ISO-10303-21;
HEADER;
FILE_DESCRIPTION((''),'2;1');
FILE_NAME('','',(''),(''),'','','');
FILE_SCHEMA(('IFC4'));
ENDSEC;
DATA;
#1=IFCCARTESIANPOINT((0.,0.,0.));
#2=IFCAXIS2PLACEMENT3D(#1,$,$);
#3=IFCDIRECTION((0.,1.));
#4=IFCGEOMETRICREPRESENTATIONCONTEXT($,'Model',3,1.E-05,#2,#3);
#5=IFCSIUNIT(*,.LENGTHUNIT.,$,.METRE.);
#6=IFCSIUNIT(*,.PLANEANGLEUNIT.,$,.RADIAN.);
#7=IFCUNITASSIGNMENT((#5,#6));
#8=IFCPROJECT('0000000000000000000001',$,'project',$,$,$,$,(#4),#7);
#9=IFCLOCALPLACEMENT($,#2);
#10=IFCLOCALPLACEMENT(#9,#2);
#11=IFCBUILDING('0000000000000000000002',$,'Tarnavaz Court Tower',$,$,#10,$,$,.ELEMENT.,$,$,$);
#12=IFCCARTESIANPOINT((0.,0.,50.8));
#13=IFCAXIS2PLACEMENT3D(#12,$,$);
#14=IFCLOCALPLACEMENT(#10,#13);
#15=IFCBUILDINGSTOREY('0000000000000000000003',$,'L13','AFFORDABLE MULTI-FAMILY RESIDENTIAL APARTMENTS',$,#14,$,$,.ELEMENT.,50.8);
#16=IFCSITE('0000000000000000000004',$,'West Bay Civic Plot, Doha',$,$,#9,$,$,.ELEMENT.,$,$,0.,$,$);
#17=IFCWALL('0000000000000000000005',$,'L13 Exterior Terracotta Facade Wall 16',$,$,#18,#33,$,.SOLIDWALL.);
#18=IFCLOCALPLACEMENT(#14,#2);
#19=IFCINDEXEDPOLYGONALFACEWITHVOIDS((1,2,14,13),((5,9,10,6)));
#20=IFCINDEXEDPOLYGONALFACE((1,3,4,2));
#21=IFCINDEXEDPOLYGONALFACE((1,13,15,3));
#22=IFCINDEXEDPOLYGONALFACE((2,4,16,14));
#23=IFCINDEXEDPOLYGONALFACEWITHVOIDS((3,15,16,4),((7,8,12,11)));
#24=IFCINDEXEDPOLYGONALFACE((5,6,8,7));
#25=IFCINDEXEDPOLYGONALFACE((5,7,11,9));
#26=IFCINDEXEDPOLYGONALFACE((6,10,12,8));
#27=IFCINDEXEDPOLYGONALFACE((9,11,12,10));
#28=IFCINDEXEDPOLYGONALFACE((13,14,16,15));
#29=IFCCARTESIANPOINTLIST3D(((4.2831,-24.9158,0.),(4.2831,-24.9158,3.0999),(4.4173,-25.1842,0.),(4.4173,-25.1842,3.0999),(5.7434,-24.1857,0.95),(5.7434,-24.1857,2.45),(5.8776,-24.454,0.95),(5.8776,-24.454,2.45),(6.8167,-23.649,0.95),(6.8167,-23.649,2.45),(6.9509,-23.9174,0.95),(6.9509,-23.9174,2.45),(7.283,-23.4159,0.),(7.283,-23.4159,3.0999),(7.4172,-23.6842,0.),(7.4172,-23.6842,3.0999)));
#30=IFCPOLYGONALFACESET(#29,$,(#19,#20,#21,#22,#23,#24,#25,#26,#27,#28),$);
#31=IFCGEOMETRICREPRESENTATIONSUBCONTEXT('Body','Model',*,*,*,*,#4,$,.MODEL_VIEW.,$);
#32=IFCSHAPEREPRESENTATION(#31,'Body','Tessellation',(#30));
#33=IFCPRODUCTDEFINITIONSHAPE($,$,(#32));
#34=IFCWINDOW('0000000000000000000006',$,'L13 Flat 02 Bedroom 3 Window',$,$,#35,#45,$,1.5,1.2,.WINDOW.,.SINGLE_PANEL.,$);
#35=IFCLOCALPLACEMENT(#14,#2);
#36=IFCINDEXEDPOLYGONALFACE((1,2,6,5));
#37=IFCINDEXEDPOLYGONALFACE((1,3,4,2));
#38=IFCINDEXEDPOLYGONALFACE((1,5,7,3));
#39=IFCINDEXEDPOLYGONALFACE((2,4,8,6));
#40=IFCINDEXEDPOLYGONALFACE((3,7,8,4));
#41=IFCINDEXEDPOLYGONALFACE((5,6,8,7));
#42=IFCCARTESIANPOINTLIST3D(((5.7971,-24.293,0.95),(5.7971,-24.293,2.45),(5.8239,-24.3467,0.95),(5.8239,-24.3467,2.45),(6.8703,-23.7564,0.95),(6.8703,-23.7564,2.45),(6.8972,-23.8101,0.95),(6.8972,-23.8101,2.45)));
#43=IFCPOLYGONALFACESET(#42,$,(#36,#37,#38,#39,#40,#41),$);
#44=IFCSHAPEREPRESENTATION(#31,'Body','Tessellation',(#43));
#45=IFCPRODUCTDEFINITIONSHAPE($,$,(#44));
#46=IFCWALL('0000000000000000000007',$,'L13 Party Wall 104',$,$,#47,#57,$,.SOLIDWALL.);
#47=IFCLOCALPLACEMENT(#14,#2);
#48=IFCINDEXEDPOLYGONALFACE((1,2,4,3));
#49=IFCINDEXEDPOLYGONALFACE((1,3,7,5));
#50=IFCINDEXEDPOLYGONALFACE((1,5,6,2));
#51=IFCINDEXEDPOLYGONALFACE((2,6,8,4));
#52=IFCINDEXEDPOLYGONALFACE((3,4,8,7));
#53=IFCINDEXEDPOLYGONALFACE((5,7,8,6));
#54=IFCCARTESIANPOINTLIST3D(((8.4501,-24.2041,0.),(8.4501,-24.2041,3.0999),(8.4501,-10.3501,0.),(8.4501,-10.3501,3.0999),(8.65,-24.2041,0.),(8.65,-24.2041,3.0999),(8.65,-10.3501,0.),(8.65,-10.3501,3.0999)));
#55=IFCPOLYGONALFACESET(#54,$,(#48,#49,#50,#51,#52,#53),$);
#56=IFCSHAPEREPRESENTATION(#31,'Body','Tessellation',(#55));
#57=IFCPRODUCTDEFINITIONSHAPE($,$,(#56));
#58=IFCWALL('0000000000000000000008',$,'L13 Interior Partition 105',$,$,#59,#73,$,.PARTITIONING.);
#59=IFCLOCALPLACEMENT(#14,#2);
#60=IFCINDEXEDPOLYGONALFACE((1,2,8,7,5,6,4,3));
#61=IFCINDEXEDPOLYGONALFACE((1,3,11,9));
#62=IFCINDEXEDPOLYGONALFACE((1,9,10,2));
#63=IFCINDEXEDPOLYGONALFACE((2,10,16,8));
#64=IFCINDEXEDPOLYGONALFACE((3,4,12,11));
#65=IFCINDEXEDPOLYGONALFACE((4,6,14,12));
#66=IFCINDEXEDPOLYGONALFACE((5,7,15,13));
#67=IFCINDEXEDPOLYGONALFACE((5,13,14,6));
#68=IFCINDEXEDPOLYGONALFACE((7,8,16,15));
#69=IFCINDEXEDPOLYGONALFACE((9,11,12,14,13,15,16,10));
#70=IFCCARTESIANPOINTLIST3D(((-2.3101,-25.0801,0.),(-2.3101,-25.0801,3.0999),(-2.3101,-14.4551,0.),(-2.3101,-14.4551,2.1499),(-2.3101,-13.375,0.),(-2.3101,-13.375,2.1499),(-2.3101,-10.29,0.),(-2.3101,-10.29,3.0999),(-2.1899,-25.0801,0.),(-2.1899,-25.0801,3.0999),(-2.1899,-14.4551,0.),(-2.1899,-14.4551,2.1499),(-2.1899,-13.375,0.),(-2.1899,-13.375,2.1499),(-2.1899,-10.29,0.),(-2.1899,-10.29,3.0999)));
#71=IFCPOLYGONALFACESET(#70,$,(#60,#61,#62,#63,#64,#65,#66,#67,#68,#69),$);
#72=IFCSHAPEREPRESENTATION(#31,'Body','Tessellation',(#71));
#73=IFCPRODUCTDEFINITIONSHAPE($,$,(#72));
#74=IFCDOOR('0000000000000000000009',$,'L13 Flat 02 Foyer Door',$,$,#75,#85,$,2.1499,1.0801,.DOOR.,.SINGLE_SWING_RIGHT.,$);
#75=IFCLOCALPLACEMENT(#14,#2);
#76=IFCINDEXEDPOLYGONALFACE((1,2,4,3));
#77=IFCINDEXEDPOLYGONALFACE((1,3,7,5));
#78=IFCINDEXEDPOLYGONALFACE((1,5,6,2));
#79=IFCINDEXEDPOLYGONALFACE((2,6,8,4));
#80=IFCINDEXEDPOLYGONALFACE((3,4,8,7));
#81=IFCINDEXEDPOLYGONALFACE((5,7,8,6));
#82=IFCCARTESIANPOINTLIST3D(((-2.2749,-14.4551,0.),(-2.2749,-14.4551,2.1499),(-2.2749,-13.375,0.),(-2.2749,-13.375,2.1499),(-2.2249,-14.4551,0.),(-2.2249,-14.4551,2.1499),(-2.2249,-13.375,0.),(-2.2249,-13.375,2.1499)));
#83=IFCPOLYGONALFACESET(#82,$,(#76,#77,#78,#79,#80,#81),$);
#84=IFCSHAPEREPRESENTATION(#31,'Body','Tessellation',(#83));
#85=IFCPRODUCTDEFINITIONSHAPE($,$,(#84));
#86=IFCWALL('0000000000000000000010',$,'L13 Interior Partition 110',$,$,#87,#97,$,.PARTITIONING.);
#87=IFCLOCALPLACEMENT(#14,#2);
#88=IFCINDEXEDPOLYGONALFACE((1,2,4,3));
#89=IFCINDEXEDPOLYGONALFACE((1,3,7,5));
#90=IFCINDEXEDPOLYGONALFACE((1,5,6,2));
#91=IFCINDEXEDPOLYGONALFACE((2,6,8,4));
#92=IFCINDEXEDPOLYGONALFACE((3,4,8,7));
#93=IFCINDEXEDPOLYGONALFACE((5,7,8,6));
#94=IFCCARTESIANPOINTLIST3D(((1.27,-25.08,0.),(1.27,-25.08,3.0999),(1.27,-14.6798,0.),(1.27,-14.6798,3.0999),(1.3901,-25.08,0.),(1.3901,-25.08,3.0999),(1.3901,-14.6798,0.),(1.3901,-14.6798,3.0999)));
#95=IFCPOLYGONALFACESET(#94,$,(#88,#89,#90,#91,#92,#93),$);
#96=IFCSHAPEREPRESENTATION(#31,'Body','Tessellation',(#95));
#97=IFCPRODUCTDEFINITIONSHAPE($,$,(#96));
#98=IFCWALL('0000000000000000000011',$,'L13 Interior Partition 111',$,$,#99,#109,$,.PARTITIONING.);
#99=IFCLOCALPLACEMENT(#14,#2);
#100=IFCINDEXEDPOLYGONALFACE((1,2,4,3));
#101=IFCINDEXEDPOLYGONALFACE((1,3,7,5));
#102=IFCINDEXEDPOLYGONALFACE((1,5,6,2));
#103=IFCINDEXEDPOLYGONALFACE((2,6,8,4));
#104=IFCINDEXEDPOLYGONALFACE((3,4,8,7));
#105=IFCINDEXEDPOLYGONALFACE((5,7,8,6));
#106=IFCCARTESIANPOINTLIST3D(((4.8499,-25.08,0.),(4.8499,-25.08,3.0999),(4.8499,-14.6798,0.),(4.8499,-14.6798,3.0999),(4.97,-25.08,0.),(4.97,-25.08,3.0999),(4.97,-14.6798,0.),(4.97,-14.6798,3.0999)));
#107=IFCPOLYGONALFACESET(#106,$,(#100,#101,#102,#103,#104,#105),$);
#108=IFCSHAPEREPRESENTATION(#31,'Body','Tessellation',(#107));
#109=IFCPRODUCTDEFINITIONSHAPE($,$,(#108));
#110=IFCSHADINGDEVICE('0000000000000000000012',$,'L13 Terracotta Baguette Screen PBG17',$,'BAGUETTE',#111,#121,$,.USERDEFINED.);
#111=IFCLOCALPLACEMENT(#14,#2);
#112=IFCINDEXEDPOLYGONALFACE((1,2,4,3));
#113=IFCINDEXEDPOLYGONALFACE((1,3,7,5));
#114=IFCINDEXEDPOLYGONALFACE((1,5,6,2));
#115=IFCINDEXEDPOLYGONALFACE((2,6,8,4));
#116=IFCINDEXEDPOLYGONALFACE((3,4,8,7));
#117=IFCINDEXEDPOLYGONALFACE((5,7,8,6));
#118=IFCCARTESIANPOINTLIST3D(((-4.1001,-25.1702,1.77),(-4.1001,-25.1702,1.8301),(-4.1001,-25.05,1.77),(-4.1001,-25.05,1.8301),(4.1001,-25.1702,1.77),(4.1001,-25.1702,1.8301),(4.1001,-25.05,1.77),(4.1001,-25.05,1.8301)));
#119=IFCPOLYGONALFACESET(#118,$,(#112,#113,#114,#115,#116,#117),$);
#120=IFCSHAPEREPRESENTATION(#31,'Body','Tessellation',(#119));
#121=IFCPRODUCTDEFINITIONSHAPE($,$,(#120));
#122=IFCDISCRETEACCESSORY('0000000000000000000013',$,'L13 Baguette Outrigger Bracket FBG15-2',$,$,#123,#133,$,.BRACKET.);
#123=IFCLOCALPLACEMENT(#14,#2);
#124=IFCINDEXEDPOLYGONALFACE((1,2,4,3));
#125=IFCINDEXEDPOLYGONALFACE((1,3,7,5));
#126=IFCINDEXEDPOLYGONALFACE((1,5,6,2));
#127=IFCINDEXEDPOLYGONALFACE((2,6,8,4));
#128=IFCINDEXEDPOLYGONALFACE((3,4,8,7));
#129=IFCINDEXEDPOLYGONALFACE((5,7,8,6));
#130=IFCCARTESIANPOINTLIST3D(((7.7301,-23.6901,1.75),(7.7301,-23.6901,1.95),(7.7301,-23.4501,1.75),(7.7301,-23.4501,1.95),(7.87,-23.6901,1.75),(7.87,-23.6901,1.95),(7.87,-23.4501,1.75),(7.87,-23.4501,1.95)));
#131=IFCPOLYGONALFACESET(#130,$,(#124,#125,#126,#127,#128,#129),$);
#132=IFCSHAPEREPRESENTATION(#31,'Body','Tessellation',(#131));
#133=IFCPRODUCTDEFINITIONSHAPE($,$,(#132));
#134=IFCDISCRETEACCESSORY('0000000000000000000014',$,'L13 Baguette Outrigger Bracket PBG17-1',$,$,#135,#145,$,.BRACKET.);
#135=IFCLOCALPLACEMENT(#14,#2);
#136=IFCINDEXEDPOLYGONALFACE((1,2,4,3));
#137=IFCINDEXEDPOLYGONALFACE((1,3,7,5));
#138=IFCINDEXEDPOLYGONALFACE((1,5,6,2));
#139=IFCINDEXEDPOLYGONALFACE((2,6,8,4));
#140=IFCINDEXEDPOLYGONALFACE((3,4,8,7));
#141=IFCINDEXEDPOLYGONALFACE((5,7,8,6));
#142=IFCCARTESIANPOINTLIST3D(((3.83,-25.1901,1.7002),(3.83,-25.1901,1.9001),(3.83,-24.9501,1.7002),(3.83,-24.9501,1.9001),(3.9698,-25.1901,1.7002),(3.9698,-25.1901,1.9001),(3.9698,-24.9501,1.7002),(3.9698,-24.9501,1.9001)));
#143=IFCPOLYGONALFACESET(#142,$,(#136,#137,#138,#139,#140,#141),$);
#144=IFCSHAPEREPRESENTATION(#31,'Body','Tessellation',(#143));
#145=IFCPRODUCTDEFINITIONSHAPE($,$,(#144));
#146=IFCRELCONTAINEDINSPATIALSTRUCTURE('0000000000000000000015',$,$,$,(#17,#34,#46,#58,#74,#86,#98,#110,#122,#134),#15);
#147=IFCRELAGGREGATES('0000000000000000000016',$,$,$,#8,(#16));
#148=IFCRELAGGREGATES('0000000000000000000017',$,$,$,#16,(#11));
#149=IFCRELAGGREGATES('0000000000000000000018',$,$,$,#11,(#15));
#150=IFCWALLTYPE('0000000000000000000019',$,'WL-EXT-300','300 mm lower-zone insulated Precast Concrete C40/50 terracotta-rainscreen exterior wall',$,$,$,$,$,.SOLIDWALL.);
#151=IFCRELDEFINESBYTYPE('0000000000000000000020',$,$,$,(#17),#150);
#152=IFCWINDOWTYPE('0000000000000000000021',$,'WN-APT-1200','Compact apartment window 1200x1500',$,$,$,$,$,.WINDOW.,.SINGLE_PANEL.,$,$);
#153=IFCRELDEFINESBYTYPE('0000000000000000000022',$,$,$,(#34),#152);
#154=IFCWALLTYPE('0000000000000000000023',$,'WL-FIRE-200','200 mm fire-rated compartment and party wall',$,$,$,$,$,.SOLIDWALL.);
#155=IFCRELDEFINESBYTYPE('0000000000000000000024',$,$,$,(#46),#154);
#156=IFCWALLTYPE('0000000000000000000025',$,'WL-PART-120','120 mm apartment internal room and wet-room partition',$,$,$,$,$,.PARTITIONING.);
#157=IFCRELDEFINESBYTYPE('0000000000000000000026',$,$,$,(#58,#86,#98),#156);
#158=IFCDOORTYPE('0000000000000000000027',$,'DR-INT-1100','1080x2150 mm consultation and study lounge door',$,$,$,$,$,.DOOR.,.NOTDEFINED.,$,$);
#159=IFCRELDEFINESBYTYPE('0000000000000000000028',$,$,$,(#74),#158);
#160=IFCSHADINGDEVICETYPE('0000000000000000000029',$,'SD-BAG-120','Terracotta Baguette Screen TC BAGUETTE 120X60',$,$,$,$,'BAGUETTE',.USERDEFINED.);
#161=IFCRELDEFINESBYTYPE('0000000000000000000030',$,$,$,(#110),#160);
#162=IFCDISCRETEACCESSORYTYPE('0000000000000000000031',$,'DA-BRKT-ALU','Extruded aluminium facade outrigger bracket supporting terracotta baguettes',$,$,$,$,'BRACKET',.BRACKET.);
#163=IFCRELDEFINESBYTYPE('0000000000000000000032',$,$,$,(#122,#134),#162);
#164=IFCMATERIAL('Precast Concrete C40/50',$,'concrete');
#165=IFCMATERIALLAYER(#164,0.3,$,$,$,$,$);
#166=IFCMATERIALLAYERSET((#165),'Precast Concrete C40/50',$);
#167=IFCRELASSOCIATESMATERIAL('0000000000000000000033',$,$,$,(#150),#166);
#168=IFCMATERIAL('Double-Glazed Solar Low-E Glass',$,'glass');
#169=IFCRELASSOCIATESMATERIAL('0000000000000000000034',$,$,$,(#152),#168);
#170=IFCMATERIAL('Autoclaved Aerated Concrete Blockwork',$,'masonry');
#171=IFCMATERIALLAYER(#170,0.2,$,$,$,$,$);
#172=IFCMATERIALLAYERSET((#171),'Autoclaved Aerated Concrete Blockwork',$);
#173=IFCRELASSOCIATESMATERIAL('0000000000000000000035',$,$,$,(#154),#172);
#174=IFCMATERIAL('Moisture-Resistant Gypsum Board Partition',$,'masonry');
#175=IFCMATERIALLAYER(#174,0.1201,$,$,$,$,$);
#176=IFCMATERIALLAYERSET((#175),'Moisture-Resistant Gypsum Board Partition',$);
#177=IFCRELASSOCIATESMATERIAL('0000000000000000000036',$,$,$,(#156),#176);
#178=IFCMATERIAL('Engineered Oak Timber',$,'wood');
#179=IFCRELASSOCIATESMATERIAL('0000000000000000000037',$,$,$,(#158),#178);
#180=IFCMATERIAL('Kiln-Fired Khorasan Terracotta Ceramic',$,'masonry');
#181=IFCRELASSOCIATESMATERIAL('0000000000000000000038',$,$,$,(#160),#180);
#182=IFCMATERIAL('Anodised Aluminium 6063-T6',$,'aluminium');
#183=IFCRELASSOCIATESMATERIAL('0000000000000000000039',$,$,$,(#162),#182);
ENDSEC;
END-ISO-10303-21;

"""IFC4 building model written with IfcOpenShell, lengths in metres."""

from ifc_helpers import new_model, si_unit, direction, frame, frame_2d, origin, origin_2d, place, context, subcontext, project, spatial, rectangle, extrude, material, layer, layer_set, material_profile, profile_set, type_object, element, fill, save


model = new_model("IFC4")

# Units and contexts
model_context = context("Model", 3, precision=1e-05, world=origin(), true_north=direction((0.0, 1.0)))
body_context = subcontext(model_context, "Body", "Model", "MODEL_VIEW")
ifc_project = project(units=[si_unit("LENGTHUNIT", "METRE"), si_unit("PLANEANGLEUNIT", "RADIAN")], contexts=[model_context])

# Site, building, storey
site_placement = place(None, origin())
site = spatial("IfcSite", under=ifc_project, at=site_placement, Name="West Bay Civic Plot, Doha", CompositionType="ELEMENT", RefElevation=0.0)
building_placement = place(site_placement, origin())
building = spatial("IfcBuilding", under=site, at=building_placement, Name="Tarnavaz Court Tower", CompositionType="ELEMENT")
storey_placement = place(building_placement, frame((0.0, 0.0, 50.8)))
storey = spatial("IfcBuildingStorey", under=building, at=storey_placement, Name="L13", Description="AFFORDABLE MULTI-FAMILY RESIDENTIAL APARTMENTS", CompositionType="ELEMENT", Elevation=50.8)

# Shared definitions
ifc_material_1 = material(Name="Anodised Aluminium 6063-T6", Category="aluminium")
ifc_material_2 = material(Name="Double-Glazed Solar Low-E Glass", Category="glass")

# Wall, opening, window
ifc_material_3 = material(Name="Precast Concrete C40/50", Category="concrete")
ifc_layer_1 = layer(ifc_material_3, 0.3)
ifc_layer_set_1 = layer_set([ifc_layer_1], Name="Precast Concrete C40/50")
wall_type_1 = type_object("IfcWallType", Name="WL-EXT-300", Description="300 mm lower-zone insulated Precast Concrete C40/50 terracotta-rainscreen exterior wall", PredefinedType="SOLIDWALL", material=ifc_layer_set_1)
wall_1_placement = place(storey_placement, frame((7.3501, -23.55, 0.0), z_axis=(0.0, 0.0, 1.0), x_axis=(-0.894427, -0.447214, 0.0)))
wall_1 = element("IfcWall", 1, at=wall_1_placement, inside=storey, type_object=wall_type_1, Name="L13 Exterior Terracotta Facade Wall 16", PredefinedType="SOLIDWALL", context=body_context, shape_type="SweptSolid", body=[
    extrude(rectangle(XDim=3.354, YDim=0.3, at=frame_2d((1.677, 0.0))), origin(), (0.0, 0.0, 1.0), 3.0999),
])
opening_1_placement = place(wall_1_placement, frame((0.5212, 0.0, 0.95)))
opening_1 = element("IfcOpeningElement", 2, at=opening_1_placement, cuts=wall_1, PredefinedType="OPENING", context=body_context, shape_type="SweptSolid", body=[
    extrude(rectangle(XDim=1.2, YDim=1.5, at=frame_2d((0.6001, 0.75))), frame((0.0, 0.1599, 0.0), z_axis=(0.0, -1.0, 0.0), x_axis=(1.0, 0.0, 0.0)), (0.0, 0.0, 1.0), 0.3201),
])
window_type = type_object("IfcWindowType", Name="WN-APT-1200", Description="Compact apartment window 1200x1500", PartitioningType="SINGLE_PANEL", PredefinedType="WINDOW", material=ifc_material_2)
window_placement = place(opening_1_placement, origin())
window = element("IfcWindow", 3, at=window_placement, inside=storey, type_object=window_type, Name="L13 Flat 02 Bedroom 3 Window", OverallHeight=1.5, OverallWidth=1.2, PartitioningType="SINGLE_PANEL", PredefinedType="WINDOW", context=body_context, shape_type="SweptSolid", body=[
    extrude(rectangle(XDim=1.2, YDim=1.5, at=frame_2d((0.6001, 0.75))), frame((0.0, 0.03, 0.0), z_axis=(0.0, -1.0, 0.0), x_axis=(1.0, 0.0, 0.0)), (0.0, 0.0, 1.0), 0.0601),
])
fill(opening_1, window)

# Wall
ifc_material_4 = material(Name="Autoclaved Aerated Concrete Blockwork", Category="masonry")
ifc_layer_2 = layer(ifc_material_4, 0.2)
ifc_layer_set_2 = layer_set([ifc_layer_2], Name="Autoclaved Aerated Concrete Blockwork")
wall_type_2 = type_object("IfcWallType", Name="WL-FIRE-200", Description="200 mm fire-rated compartment and party wall", PredefinedType="SOLIDWALL", material=ifc_layer_set_2)
wall_2_placement = place(storey_placement, frame((8.55, -24.2041, 0.0), z_axis=(0.0, 0.0, 1.0), x_axis=(0.0, 1.0, 0.0)))
element("IfcWall", 4, at=wall_2_placement, inside=storey, type_object=wall_type_2, Name="L13 Party Wall 104", PredefinedType="SOLIDWALL", context=body_context, shape_type="SweptSolid", body=[
    extrude(rectangle(XDim=13.854, YDim=0.2, at=frame_2d((6.927, 0.0))), origin(), (0.0, 0.0, 1.0), 3.0999),
])

# Wall, opening, door
ifc_material_5 = material(Name="Moisture-Resistant Gypsum Board Partition", Category="masonry")
ifc_layer_3 = layer(ifc_material_5, 0.1201)
ifc_layer_set_3 = layer_set([ifc_layer_3], Name="Moisture-Resistant Gypsum Board Partition")
wall_type_3 = type_object("IfcWallType", Name="WL-PART-120", Description="120 mm apartment internal room and wet-room partition", PredefinedType="PARTITIONING", material=ifc_layer_set_3)
wall_3_placement = place(storey_placement, frame((-2.25, -25.0801, 0.0), z_axis=(0.0, 0.0, 1.0), x_axis=(0.0, 1.0, 0.0)))
wall_3 = element("IfcWall", 5, at=wall_3_placement, inside=storey, type_object=wall_type_3, Name="L13 Interior Partition 105", PredefinedType="PARTITIONING", context=body_context, shape_type="SweptSolid", body=[
    extrude(rectangle(XDim=14.79, YDim=0.1201, at=frame_2d((7.395, 0.0))), origin(), (0.0, 0.0, 1.0), 3.0999),
])
opening_2_placement = place(wall_3_placement, frame((10.625, 0.0, 0.0)))
opening_2 = element("IfcOpeningElement", 6, at=opening_2_placement, cuts=wall_3, PredefinedType="OPENING", context=body_context, shape_type="SweptSolid", body=[
    extrude(rectangle(XDim=1.0801, YDim=2.1499, at=frame_2d((0.54, 1.075))), frame((0.0, 0.0701, 0.0), z_axis=(0.0, -1.0, 0.0), x_axis=(1.0, 0.0, 0.0)), (0.0, 0.0, 1.0), 0.1401),
])
ifc_material_6 = material(Name="Engineered Oak Timber", Category="wood")
door_type = type_object("IfcDoorType", Name="DR-INT-1100", Description="1080x2150 mm consultation and study lounge door", OperationType="NOTDEFINED", PredefinedType="DOOR", material=ifc_material_6)
door_placement = place(opening_2_placement, origin())
door = element("IfcDoor", 7, at=door_placement, inside=storey, type_object=door_type, Name="L13 Flat 02 Foyer Door", OperationType="SINGLE_SWING_RIGHT", OverallHeight=2.1499, OverallWidth=1.0801, PredefinedType="DOOR", context=body_context, shape_type="SweptSolid", body=[
    extrude(rectangle(XDim=1.0801, YDim=2.1499, at=frame_2d((0.54, 1.075))), frame((0.0, 0.0249, 0.0), z_axis=(0.0, -1.0, 0.0), x_axis=(1.0, 0.0, 0.0)), (0.0, 0.0, 1.0), 0.05),
])
fill(opening_2, door)

# Walls
for number, where, z_axis, x_axis, name in (
    (8, (1.3301, -25.0801, 0.0), (0.0, 0.0, 1.0), (0.0, 1.0, 0.0), "L13 Interior Partition 110"),
    (9, (4.9099, -25.0801, 0.0), (0.0, 0.0, 1.0), (0.0, 1.0, 0.0), "L13 Interior Partition 111"),
):
    element("IfcWall", number, at=place(storey_placement, frame(where, z_axis=z_axis, x_axis=x_axis)), inside=storey, type_object=wall_type_3, Name=name, PredefinedType="PARTITIONING", context=body_context, shape_type="SweptSolid", body=[
        extrude(rectangle(XDim=10.4001, YDim=0.1201, at=frame_2d((5.2002, 0.0))), origin(), (0.0, 0.0, 1.0), 3.0999),
    ])

# Shading device
ifc_material_7 = material(Name="Kiln-Fired Khorasan Terracotta Ceramic", Category="masonry")
ifc_material_profile_1 = material_profile(ifc_material_7, rectangle(XDim=0.1201, YDim=0.0601, at=origin_2d()), Name="TC BAGUETTE 120X60")
ifc_profile_set_1 = profile_set([ifc_material_profile_1], Name="Kiln-Fired Khorasan Terracotta Ceramic")
shading_device_type = type_object("IfcShadingDeviceType", Name="SD-BAG-120", Description="Terracotta Baguette Screen TC BAGUETTE 120X60", ElementType="BAGUETTE", PredefinedType="USERDEFINED", material=ifc_profile_set_1)
shading_device_placement = place(storey_placement, frame((4.1001, -25.1101, 1.8), z_axis=(-1.0, 0.0, 0.0), x_axis=(0.0, -1.0, 0.0)))
element("IfcShadingDevice", 10, at=shading_device_placement, inside=storey, type_object=shading_device_type, Name="L13 Terracotta Baguette Screen PBG17", ObjectType="BAGUETTE", PredefinedType="USERDEFINED", context=body_context, shape_type="SweptSolid", body=[
    extrude(rectangle(XDim=0.1201, YDim=0.0601, at=origin_2d()), origin(), (0.0, 0.0, 1.0), 8.2002),
])

# Discrete accessories
discrete_accessory_type = type_object("IfcDiscreteAccessoryType", Name="DA-BRKT-ALU", Description="Extruded aluminium facade outrigger bracket supporting terracotta baguettes", ElementType="BRACKET", PredefinedType="BRACKET", material=ifc_material_1)
for number, where, z_axis, x_axis, name in (
    (11, (7.8, -23.5701, 1.75), (0.0, 0.0, 1.0), (-1.0, 0.0, 0.0), "L13 Baguette Outrigger Bracket FBG15-2"),
    (12, (3.8999, -25.0701, 1.7002), (0.0, 0.0, 1.0), (-1.0, 0.0, 0.0), "L13 Baguette Outrigger Bracket PBG17-1"),
):
    element("IfcDiscreteAccessory", number, at=place(storey_placement, frame(where, z_axis=z_axis, x_axis=x_axis)), inside=storey, type_object=discrete_accessory_type, Name=name, PredefinedType="BRACKET", context=body_context, shape_type="SweptSolid", body=[
        extrude(rectangle(XDim=0.1399, YDim=0.24, at=origin_2d()), origin(), (0.0, 0.0, 1.0), 0.2),
    ])

save(model, "model.ifc")
